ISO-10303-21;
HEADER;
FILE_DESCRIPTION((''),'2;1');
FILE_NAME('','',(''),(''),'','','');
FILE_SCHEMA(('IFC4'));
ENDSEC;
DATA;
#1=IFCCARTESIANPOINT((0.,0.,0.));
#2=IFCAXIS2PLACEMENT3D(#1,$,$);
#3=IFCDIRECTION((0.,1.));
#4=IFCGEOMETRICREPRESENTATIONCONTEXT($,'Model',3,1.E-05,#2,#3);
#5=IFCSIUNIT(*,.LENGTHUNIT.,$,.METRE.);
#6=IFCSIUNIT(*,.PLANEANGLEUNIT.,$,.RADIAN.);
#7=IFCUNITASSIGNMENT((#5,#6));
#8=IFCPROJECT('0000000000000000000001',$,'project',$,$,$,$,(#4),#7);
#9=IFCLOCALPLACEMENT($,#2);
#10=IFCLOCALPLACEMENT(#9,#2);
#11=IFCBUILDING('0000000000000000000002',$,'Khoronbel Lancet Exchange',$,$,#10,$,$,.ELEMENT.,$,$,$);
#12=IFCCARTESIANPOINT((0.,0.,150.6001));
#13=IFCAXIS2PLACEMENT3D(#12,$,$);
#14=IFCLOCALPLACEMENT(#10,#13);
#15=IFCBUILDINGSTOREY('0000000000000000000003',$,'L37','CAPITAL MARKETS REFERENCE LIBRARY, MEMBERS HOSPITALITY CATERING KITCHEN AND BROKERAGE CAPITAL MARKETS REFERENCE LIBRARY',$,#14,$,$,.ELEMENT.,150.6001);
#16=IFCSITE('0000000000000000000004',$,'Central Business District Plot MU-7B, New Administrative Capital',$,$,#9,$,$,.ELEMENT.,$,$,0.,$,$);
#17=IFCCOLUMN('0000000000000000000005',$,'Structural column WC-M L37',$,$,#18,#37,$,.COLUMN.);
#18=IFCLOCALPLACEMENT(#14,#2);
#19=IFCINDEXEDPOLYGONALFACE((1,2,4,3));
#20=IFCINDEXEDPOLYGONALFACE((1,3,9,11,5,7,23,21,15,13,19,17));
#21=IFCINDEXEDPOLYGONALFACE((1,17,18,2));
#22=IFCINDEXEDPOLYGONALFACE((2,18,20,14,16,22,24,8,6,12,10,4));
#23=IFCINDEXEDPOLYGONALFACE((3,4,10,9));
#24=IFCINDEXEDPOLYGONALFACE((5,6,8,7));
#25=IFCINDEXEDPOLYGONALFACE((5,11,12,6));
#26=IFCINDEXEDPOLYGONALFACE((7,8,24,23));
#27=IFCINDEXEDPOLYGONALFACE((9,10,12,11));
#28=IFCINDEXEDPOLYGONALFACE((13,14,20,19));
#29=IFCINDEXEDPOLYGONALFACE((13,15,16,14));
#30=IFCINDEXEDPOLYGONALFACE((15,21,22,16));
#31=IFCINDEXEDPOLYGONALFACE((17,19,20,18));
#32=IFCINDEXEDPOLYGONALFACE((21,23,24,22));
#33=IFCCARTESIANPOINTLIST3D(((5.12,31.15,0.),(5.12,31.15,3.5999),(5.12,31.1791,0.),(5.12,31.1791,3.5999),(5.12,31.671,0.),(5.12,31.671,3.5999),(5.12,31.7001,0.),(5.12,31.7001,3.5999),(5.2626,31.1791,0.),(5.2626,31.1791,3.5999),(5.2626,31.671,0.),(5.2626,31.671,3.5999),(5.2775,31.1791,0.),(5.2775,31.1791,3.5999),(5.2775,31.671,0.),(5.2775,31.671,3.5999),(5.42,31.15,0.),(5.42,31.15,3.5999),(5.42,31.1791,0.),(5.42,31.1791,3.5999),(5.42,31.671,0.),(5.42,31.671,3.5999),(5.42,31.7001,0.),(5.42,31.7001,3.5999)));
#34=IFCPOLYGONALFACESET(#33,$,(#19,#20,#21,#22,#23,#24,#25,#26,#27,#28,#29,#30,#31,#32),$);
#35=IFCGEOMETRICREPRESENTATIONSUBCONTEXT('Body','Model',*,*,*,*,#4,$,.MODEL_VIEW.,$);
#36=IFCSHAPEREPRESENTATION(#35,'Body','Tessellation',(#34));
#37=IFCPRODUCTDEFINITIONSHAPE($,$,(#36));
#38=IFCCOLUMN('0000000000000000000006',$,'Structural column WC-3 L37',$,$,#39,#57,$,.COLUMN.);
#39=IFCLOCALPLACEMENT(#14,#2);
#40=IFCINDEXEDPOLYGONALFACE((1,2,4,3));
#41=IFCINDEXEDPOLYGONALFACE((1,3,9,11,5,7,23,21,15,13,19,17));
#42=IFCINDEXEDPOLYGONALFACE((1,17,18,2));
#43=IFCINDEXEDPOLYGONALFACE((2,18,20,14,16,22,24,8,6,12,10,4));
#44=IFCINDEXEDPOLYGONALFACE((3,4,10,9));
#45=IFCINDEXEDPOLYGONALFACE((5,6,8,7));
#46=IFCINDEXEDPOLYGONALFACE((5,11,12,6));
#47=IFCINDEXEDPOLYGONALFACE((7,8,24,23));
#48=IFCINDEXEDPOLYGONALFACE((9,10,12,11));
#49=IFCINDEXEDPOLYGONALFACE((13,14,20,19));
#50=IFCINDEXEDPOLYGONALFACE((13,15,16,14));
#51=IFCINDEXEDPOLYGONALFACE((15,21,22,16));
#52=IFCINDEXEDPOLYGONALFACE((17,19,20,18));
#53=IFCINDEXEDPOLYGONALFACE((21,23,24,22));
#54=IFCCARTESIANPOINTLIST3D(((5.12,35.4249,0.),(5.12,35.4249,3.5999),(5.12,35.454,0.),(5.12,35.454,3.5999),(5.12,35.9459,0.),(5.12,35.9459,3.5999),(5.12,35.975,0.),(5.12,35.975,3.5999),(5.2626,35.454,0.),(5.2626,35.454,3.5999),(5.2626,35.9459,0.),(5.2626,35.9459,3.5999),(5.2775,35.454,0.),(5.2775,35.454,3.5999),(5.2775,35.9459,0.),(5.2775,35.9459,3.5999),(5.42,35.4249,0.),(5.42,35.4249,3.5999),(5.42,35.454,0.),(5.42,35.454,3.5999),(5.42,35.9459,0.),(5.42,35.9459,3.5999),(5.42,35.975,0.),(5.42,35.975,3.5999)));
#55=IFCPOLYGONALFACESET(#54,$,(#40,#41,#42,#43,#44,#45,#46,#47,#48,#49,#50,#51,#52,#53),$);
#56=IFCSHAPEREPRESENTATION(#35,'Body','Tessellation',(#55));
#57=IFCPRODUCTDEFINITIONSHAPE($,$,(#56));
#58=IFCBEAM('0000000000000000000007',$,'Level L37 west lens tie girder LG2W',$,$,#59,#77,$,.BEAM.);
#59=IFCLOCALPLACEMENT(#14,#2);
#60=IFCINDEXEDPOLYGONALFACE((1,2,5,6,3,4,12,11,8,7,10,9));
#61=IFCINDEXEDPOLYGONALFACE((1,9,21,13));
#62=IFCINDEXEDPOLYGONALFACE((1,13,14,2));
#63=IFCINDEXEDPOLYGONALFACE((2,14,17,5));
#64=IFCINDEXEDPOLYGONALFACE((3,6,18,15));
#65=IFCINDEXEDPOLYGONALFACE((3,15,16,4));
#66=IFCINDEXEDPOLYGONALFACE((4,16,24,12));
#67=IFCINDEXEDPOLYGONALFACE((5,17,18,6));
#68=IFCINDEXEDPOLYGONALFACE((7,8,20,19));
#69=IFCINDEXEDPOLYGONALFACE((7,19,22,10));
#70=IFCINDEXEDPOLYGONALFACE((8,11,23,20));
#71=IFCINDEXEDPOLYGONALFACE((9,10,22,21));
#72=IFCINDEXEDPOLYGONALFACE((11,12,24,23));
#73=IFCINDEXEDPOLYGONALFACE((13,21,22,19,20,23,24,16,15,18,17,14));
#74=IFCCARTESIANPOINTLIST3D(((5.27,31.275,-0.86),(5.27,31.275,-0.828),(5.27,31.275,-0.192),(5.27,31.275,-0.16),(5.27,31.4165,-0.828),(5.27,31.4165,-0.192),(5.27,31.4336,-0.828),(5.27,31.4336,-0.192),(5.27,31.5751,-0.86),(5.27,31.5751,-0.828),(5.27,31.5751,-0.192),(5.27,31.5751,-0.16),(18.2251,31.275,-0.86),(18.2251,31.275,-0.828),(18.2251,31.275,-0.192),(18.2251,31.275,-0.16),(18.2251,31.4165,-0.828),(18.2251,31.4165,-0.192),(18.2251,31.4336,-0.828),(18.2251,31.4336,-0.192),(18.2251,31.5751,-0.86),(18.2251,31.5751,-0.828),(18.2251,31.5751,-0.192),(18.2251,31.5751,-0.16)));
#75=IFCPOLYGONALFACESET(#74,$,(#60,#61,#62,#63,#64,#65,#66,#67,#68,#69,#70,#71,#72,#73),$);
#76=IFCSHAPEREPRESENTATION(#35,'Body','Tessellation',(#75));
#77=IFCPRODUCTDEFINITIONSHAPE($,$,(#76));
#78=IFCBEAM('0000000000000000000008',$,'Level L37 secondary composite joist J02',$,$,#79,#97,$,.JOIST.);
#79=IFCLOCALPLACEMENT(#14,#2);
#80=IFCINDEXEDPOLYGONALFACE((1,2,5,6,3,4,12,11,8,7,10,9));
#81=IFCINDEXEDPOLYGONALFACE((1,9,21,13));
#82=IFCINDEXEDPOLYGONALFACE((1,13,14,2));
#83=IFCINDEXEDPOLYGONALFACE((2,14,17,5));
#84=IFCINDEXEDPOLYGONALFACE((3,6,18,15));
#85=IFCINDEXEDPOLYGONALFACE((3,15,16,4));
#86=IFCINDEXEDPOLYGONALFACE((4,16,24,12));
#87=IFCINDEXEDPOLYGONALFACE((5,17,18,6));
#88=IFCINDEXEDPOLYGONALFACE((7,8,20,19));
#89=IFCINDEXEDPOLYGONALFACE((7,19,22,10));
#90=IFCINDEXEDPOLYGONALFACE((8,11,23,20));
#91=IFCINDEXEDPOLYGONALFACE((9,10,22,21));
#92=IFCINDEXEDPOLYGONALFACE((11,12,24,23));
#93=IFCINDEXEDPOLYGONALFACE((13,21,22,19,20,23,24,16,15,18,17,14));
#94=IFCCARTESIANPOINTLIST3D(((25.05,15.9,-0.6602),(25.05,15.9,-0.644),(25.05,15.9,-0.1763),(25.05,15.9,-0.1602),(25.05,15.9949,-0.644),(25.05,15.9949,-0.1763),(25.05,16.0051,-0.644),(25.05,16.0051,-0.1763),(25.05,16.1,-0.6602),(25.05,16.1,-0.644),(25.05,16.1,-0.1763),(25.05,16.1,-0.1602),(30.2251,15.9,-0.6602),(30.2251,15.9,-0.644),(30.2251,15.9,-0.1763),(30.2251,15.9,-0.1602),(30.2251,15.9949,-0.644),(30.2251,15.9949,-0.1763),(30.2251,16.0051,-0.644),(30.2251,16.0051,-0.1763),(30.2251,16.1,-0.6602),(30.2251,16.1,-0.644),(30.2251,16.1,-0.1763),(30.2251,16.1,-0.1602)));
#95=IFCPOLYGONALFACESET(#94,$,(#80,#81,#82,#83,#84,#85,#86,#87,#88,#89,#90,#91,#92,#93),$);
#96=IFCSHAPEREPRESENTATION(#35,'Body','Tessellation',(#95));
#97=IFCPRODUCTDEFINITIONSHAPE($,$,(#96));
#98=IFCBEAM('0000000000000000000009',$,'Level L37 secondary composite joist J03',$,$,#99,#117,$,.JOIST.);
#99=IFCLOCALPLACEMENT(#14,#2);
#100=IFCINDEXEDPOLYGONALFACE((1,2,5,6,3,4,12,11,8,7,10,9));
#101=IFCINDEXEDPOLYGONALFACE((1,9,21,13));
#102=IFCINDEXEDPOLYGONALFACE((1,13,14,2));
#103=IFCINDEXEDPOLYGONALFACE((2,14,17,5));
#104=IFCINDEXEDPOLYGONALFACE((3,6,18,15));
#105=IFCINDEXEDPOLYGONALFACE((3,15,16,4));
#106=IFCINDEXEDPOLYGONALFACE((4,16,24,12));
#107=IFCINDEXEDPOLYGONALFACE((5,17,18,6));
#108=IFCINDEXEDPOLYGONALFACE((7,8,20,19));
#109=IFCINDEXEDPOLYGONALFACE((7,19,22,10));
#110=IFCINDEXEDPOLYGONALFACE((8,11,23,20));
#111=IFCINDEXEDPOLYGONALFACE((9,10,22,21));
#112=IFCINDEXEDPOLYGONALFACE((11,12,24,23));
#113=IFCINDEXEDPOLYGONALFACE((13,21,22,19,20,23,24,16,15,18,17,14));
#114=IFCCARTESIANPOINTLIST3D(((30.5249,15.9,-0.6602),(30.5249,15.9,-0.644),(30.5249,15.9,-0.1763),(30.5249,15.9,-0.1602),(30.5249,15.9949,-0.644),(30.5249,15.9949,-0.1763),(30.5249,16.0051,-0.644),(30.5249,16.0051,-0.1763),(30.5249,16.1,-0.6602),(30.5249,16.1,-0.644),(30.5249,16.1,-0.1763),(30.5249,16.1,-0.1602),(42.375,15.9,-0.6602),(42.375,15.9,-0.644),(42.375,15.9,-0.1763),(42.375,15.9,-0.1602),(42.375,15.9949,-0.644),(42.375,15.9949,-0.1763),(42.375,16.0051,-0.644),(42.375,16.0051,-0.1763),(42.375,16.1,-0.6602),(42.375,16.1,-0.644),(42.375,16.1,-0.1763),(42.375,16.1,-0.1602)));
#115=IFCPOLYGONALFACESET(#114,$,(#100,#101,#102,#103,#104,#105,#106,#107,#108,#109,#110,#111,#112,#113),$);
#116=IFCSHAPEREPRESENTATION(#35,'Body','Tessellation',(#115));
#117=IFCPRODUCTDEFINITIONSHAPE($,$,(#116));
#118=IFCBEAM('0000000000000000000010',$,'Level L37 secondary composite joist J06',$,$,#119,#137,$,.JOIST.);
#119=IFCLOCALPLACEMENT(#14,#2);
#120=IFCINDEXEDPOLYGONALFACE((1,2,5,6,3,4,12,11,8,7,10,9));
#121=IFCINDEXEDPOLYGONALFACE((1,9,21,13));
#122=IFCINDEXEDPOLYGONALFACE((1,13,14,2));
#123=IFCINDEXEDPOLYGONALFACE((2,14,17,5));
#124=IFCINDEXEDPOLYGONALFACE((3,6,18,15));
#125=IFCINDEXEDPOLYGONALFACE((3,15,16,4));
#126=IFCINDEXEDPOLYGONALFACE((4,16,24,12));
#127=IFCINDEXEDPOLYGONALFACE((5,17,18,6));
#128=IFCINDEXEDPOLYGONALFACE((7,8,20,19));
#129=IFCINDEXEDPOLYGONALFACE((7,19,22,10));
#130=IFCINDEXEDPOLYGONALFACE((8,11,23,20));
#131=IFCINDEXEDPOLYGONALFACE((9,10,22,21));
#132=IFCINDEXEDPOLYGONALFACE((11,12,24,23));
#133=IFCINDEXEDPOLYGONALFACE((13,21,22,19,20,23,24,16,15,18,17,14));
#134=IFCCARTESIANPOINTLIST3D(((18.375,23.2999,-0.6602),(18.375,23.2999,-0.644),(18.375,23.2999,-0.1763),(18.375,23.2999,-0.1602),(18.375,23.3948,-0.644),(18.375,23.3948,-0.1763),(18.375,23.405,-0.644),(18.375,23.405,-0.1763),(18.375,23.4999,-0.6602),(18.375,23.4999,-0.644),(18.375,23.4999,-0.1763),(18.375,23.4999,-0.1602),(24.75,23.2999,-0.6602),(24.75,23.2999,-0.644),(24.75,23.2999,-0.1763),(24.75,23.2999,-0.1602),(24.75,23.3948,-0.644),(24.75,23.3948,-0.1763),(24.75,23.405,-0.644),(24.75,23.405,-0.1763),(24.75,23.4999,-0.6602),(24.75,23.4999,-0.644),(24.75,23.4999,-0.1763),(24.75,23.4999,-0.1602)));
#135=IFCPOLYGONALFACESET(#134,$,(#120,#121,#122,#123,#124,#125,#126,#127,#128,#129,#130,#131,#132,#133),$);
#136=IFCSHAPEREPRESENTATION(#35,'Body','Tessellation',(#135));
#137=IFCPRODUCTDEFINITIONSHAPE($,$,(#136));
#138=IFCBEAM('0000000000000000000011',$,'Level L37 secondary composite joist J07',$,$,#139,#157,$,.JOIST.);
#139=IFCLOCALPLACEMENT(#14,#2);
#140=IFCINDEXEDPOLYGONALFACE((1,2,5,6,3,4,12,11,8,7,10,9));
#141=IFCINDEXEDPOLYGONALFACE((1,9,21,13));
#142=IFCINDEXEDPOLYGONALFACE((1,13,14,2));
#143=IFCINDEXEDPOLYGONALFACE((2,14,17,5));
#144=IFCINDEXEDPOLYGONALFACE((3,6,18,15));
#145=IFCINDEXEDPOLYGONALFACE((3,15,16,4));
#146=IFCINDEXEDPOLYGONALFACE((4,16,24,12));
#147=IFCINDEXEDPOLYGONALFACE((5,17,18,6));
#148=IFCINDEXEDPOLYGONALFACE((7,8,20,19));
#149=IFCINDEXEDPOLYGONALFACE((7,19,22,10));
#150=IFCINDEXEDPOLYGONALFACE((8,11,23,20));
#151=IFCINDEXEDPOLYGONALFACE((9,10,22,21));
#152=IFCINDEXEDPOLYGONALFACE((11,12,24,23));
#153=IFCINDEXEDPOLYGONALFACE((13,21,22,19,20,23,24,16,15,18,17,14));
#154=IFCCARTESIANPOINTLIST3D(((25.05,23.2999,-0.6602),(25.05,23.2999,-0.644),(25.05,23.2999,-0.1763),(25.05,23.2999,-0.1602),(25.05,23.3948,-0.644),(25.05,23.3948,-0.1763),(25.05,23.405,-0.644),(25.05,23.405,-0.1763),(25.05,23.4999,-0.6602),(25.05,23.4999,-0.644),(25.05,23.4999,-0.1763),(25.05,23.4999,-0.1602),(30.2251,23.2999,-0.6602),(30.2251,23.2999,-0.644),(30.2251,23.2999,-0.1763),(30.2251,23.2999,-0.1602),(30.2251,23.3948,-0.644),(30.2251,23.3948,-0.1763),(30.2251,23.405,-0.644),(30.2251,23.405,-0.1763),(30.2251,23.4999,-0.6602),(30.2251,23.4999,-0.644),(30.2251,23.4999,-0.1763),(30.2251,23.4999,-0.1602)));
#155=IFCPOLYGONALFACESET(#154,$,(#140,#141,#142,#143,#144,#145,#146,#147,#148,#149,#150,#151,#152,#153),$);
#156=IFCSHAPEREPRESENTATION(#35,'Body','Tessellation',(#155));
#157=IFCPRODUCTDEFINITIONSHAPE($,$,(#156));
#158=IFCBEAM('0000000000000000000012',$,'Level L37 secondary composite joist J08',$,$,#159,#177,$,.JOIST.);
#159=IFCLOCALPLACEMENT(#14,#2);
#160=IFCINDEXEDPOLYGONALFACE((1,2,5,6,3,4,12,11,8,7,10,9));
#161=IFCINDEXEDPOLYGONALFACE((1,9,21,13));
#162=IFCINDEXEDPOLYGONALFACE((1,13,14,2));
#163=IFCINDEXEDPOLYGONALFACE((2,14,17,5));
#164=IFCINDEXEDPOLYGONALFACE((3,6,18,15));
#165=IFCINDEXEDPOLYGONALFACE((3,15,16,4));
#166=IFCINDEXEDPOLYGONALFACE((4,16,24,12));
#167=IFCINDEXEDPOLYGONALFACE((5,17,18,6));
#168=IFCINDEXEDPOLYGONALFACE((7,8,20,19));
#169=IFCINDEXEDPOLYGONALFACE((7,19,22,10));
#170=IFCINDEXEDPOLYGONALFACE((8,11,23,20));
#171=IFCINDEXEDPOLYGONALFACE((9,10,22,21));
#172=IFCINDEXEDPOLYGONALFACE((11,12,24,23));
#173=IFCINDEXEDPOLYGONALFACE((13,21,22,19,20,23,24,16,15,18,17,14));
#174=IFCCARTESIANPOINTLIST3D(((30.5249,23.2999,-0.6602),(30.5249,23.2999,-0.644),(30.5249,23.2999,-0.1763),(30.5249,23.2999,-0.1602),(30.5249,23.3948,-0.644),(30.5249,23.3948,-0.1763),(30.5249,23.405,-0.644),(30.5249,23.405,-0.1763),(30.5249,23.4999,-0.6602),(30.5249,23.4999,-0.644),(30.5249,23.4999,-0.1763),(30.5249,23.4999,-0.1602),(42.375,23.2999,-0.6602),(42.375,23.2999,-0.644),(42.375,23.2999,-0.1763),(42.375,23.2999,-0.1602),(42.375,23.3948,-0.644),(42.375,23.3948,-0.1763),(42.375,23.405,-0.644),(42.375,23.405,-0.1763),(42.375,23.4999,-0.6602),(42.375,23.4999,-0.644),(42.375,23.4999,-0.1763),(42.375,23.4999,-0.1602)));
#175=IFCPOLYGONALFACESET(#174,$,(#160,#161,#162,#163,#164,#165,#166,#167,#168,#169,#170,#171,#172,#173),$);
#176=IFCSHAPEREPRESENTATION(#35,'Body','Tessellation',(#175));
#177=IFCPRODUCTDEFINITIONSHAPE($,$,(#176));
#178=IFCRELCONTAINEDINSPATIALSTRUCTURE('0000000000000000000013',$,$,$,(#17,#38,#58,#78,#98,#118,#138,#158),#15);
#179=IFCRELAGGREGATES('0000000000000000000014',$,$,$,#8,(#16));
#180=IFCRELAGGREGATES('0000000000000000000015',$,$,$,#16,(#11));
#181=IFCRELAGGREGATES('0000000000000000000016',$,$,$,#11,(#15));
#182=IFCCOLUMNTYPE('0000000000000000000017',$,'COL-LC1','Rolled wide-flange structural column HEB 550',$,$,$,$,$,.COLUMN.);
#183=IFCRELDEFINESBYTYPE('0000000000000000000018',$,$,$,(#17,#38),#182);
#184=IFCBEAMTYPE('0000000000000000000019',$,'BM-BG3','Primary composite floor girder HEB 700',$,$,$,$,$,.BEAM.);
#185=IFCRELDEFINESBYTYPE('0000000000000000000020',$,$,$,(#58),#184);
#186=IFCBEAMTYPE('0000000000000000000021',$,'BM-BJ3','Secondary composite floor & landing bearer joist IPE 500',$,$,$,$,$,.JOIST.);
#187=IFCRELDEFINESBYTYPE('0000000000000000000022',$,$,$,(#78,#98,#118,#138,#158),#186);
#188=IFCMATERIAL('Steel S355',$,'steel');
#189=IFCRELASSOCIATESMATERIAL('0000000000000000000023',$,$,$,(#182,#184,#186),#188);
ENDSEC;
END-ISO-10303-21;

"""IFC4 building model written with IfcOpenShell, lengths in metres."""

from ifc_helpers import new_model, si_unit, direction, frame, origin, origin_2d, place, context, subcontext, project, spatial, i_section, extrude, material, material_profile, profile_set, type_object, element, save


model = new_model("IFC4")

# Units and contexts
model_context = context("Model", 3, precision=1e-05, world=origin(), true_north=direction((0.0, 1.0)))
body_context = subcontext(model_context, "Body", "Model", "MODEL_VIEW")
ifc_project = project(units=[si_unit("LENGTHUNIT", "METRE"), si_unit("PLANEANGLEUNIT", "RADIAN")], contexts=[model_context])

# Site, building, storey
site_placement = place(None, origin())
site = spatial("IfcSite", under=ifc_project, at=site_placement, Name="Central Business District Plot MU-7B, New Administrative Capital", CompositionType="ELEMENT", RefElevation=0.0)
building_placement = place(site_placement, origin())
building = spatial("IfcBuilding", under=site, at=building_placement, Name="Khoronbel Lancet Exchange", CompositionType="ELEMENT")
storey_placement = place(building_placement, frame((0.0, 0.0, 150.6001)))
storey = spatial("IfcBuildingStorey", under=building, at=storey_placement, Name="L37", Description="CAPITAL MARKETS REFERENCE LIBRARY, MEMBERS HOSPITALITY CATERING KITCHEN AND BROKERAGE CAPITAL MARKETS REFERENCE LIBRARY", CompositionType="ELEMENT", Elevation=150.6001)

# Columns
ifc_material_1 = material(Name="Steel S355", Category="steel")
ifc_material_profile_1 = material_profile(ifc_material_1, i_section(OverallWidth=0.3, OverallDepth=0.55, WebThickness=0.0149, FlangeThickness=0.0291, at=origin_2d()), Name="HEB 550")
ifc_profile_set_1 = profile_set([ifc_material_profile_1], Name="Steel S355")
column_type = type_object("IfcColumnType", Name="COL-LC1", Description="Rolled wide-flange structural column HEB 550", PredefinedType="COLUMN", material=ifc_profile_set_1)
for number, where, z_axis, x_axis, name in (
    (1, (5.27, 31.425, 0.0), (0.0, 0.0, 1.0), (1.0, 0.0, 0.0), "Structural column WC-M L37"),
    (2, (5.27, 35.7, 0.0), (0.0, 0.0, 1.0), (1.0, 0.0, 0.0), "Structural column WC-3 L37"),
):
    element("IfcColumn", number, at=place(storey_placement, frame(where, z_axis=z_axis, x_axis=x_axis)), inside=storey, type_object=column_type, Name=name, PredefinedType="COLUMN", context=body_context, shape_type="SweptSolid", body=[
        extrude(i_section(OverallWidth=0.3, OverallDepth=0.55, WebThickness=0.0149, FlangeThickness=0.0291, at=origin_2d()), origin(), (0.0, 0.0, 1.0), 3.5999),
    ])

# Beams
ifc_material_profile_2 = material_profile(ifc_material_1, i_section(OverallWidth=0.3, OverallDepth=0.7, WebThickness=0.0171, FlangeThickness=0.032, at=origin_2d()), Name="HEB 700")
ifc_profile_set_2 = profile_set([ifc_material_profile_2], Name="Steel S355")
beam_type_1 = type_object("IfcBeamType", Name="BM-BG3", Description="Primary composite floor girder HEB 700", PredefinedType="BEAM", material=ifc_profile_set_2)
beam_1_placement = place(storey_placement, frame((5.27, 31.425, -0.51), z_axis=(1.0, 0.0, 0.0), x_axis=(0.0, 1.0, 0.0)))
element("IfcBeam", 3, at=beam_1_placement, inside=storey, type_object=beam_type_1, Name="Level L37 west lens tie girder LG2W", PredefinedType="BEAM", context=body_context, shape_type="SweptSolid", body=[
    extrude(i_section(OverallWidth=0.3, OverallDepth=0.7, WebThickness=0.0171, FlangeThickness=0.032, at=origin_2d()), origin(), (0.0, 0.0, 1.0), 12.9551),
])
ifc_material_profile_3 = material_profile(ifc_material_1, i_section(OverallWidth=0.2, OverallDepth=0.5, WebThickness=0.0103, FlangeThickness=0.0161, at=origin_2d()), Name="IPE 500")
ifc_profile_set_3 = profile_set([ifc_material_profile_3], Name="Steel S355")
beam_type_2 = type_object("IfcBeamType", Name="BM-BJ3", Description="Secondary composite floor & landing bearer joist IPE 500", PredefinedType="JOIST", material=ifc_profile_set_3)
beam_2_placement = place(storey_placement, frame((25.05, 16.0, -0.4102), z_axis=(1.0, 0.0, 0.0), x_axis=(0.0, 1.0, 0.0)))
element("IfcBeam", 4, at=beam_2_placement, inside=storey, type_object=beam_type_2, Name="Level L37 secondary composite joist J02", PredefinedType="JOIST", context=body_context, shape_type="SweptSolid", body=[
    extrude(i_section(OverallWidth=0.2, OverallDepth=0.5, WebThickness=0.0103, FlangeThickness=0.0161, at=origin_2d()), origin(), (0.0, 0.0, 1.0), 5.175),
])
beam_3_placement = place(storey_placement, frame((30.5249, 16.0, -0.4102), z_axis=(1.0, 0.0, 0.0), x_axis=(0.0, 1.0, 0.0)))
element("IfcBeam", 5, at=beam_3_placement, inside=storey, type_object=beam_type_2, Name="Level L37 secondary composite joist J03", PredefinedType="JOIST", context=body_context, shape_type="SweptSolid", body=[
    extrude(i_section(OverallWidth=0.2, OverallDepth=0.5, WebThickness=0.0103, FlangeThickness=0.0161, at=origin_2d()), origin(), (0.0, 0.0, 1.0), 11.8501),
])
beam_4_placement = place(storey_placement, frame((18.375, 23.3999, -0.4102), z_axis=(1.0, 0.0, 0.0), x_axis=(0.0, 1.0, 0.0)))
element("IfcBeam", 6, at=beam_4_placement, inside=storey, type_object=beam_type_2, Name="Level L37 secondary composite joist J06", PredefinedType="JOIST", context=body_context, shape_type="SweptSolid", body=[
    extrude(i_section(OverallWidth=0.2, OverallDepth=0.5, WebThickness=0.0103, FlangeThickness=0.0161, at=origin_2d()), origin(), (0.0, 0.0, 1.0), 6.375),
])
beam_5_placement = place(storey_placement, frame((25.05, 23.3999, -0.4102), z_axis=(1.0, 0.0, 0.0), x_axis=(0.0, 1.0, 0.0)))
element("IfcBeam", 7, at=beam_5_placement, inside=storey, type_object=beam_type_2, Name="Level L37 secondary composite joist J07", PredefinedType="JOIST", context=body_context, shape_type="SweptSolid", body=[
    extrude(i_section(OverallWidth=0.2, OverallDepth=0.5, WebThickness=0.0103, FlangeThickness=0.0161, at=origin_2d()), origin(), (0.0, 0.0, 1.0), 5.175),
])
beam_6_placement = place(storey_placement, frame((30.5249, 23.3999, -0.4102), z_axis=(1.0, 0.0, 0.0), x_axis=(0.0, 1.0, 0.0)))
element("IfcBeam", 8, at=beam_6_placement, inside=storey, type_object=beam_type_2, Name="Level L37 secondary composite joist J08", PredefinedType="JOIST", context=body_context, shape_type="SweptSolid", body=[
    extrude(i_section(OverallWidth=0.2, OverallDepth=0.5, WebThickness=0.0103, FlangeThickness=0.0161, at=origin_2d()), origin(), (0.0, 0.0, 1.0), 11.8501),
])

save(model, "model.ifc")
